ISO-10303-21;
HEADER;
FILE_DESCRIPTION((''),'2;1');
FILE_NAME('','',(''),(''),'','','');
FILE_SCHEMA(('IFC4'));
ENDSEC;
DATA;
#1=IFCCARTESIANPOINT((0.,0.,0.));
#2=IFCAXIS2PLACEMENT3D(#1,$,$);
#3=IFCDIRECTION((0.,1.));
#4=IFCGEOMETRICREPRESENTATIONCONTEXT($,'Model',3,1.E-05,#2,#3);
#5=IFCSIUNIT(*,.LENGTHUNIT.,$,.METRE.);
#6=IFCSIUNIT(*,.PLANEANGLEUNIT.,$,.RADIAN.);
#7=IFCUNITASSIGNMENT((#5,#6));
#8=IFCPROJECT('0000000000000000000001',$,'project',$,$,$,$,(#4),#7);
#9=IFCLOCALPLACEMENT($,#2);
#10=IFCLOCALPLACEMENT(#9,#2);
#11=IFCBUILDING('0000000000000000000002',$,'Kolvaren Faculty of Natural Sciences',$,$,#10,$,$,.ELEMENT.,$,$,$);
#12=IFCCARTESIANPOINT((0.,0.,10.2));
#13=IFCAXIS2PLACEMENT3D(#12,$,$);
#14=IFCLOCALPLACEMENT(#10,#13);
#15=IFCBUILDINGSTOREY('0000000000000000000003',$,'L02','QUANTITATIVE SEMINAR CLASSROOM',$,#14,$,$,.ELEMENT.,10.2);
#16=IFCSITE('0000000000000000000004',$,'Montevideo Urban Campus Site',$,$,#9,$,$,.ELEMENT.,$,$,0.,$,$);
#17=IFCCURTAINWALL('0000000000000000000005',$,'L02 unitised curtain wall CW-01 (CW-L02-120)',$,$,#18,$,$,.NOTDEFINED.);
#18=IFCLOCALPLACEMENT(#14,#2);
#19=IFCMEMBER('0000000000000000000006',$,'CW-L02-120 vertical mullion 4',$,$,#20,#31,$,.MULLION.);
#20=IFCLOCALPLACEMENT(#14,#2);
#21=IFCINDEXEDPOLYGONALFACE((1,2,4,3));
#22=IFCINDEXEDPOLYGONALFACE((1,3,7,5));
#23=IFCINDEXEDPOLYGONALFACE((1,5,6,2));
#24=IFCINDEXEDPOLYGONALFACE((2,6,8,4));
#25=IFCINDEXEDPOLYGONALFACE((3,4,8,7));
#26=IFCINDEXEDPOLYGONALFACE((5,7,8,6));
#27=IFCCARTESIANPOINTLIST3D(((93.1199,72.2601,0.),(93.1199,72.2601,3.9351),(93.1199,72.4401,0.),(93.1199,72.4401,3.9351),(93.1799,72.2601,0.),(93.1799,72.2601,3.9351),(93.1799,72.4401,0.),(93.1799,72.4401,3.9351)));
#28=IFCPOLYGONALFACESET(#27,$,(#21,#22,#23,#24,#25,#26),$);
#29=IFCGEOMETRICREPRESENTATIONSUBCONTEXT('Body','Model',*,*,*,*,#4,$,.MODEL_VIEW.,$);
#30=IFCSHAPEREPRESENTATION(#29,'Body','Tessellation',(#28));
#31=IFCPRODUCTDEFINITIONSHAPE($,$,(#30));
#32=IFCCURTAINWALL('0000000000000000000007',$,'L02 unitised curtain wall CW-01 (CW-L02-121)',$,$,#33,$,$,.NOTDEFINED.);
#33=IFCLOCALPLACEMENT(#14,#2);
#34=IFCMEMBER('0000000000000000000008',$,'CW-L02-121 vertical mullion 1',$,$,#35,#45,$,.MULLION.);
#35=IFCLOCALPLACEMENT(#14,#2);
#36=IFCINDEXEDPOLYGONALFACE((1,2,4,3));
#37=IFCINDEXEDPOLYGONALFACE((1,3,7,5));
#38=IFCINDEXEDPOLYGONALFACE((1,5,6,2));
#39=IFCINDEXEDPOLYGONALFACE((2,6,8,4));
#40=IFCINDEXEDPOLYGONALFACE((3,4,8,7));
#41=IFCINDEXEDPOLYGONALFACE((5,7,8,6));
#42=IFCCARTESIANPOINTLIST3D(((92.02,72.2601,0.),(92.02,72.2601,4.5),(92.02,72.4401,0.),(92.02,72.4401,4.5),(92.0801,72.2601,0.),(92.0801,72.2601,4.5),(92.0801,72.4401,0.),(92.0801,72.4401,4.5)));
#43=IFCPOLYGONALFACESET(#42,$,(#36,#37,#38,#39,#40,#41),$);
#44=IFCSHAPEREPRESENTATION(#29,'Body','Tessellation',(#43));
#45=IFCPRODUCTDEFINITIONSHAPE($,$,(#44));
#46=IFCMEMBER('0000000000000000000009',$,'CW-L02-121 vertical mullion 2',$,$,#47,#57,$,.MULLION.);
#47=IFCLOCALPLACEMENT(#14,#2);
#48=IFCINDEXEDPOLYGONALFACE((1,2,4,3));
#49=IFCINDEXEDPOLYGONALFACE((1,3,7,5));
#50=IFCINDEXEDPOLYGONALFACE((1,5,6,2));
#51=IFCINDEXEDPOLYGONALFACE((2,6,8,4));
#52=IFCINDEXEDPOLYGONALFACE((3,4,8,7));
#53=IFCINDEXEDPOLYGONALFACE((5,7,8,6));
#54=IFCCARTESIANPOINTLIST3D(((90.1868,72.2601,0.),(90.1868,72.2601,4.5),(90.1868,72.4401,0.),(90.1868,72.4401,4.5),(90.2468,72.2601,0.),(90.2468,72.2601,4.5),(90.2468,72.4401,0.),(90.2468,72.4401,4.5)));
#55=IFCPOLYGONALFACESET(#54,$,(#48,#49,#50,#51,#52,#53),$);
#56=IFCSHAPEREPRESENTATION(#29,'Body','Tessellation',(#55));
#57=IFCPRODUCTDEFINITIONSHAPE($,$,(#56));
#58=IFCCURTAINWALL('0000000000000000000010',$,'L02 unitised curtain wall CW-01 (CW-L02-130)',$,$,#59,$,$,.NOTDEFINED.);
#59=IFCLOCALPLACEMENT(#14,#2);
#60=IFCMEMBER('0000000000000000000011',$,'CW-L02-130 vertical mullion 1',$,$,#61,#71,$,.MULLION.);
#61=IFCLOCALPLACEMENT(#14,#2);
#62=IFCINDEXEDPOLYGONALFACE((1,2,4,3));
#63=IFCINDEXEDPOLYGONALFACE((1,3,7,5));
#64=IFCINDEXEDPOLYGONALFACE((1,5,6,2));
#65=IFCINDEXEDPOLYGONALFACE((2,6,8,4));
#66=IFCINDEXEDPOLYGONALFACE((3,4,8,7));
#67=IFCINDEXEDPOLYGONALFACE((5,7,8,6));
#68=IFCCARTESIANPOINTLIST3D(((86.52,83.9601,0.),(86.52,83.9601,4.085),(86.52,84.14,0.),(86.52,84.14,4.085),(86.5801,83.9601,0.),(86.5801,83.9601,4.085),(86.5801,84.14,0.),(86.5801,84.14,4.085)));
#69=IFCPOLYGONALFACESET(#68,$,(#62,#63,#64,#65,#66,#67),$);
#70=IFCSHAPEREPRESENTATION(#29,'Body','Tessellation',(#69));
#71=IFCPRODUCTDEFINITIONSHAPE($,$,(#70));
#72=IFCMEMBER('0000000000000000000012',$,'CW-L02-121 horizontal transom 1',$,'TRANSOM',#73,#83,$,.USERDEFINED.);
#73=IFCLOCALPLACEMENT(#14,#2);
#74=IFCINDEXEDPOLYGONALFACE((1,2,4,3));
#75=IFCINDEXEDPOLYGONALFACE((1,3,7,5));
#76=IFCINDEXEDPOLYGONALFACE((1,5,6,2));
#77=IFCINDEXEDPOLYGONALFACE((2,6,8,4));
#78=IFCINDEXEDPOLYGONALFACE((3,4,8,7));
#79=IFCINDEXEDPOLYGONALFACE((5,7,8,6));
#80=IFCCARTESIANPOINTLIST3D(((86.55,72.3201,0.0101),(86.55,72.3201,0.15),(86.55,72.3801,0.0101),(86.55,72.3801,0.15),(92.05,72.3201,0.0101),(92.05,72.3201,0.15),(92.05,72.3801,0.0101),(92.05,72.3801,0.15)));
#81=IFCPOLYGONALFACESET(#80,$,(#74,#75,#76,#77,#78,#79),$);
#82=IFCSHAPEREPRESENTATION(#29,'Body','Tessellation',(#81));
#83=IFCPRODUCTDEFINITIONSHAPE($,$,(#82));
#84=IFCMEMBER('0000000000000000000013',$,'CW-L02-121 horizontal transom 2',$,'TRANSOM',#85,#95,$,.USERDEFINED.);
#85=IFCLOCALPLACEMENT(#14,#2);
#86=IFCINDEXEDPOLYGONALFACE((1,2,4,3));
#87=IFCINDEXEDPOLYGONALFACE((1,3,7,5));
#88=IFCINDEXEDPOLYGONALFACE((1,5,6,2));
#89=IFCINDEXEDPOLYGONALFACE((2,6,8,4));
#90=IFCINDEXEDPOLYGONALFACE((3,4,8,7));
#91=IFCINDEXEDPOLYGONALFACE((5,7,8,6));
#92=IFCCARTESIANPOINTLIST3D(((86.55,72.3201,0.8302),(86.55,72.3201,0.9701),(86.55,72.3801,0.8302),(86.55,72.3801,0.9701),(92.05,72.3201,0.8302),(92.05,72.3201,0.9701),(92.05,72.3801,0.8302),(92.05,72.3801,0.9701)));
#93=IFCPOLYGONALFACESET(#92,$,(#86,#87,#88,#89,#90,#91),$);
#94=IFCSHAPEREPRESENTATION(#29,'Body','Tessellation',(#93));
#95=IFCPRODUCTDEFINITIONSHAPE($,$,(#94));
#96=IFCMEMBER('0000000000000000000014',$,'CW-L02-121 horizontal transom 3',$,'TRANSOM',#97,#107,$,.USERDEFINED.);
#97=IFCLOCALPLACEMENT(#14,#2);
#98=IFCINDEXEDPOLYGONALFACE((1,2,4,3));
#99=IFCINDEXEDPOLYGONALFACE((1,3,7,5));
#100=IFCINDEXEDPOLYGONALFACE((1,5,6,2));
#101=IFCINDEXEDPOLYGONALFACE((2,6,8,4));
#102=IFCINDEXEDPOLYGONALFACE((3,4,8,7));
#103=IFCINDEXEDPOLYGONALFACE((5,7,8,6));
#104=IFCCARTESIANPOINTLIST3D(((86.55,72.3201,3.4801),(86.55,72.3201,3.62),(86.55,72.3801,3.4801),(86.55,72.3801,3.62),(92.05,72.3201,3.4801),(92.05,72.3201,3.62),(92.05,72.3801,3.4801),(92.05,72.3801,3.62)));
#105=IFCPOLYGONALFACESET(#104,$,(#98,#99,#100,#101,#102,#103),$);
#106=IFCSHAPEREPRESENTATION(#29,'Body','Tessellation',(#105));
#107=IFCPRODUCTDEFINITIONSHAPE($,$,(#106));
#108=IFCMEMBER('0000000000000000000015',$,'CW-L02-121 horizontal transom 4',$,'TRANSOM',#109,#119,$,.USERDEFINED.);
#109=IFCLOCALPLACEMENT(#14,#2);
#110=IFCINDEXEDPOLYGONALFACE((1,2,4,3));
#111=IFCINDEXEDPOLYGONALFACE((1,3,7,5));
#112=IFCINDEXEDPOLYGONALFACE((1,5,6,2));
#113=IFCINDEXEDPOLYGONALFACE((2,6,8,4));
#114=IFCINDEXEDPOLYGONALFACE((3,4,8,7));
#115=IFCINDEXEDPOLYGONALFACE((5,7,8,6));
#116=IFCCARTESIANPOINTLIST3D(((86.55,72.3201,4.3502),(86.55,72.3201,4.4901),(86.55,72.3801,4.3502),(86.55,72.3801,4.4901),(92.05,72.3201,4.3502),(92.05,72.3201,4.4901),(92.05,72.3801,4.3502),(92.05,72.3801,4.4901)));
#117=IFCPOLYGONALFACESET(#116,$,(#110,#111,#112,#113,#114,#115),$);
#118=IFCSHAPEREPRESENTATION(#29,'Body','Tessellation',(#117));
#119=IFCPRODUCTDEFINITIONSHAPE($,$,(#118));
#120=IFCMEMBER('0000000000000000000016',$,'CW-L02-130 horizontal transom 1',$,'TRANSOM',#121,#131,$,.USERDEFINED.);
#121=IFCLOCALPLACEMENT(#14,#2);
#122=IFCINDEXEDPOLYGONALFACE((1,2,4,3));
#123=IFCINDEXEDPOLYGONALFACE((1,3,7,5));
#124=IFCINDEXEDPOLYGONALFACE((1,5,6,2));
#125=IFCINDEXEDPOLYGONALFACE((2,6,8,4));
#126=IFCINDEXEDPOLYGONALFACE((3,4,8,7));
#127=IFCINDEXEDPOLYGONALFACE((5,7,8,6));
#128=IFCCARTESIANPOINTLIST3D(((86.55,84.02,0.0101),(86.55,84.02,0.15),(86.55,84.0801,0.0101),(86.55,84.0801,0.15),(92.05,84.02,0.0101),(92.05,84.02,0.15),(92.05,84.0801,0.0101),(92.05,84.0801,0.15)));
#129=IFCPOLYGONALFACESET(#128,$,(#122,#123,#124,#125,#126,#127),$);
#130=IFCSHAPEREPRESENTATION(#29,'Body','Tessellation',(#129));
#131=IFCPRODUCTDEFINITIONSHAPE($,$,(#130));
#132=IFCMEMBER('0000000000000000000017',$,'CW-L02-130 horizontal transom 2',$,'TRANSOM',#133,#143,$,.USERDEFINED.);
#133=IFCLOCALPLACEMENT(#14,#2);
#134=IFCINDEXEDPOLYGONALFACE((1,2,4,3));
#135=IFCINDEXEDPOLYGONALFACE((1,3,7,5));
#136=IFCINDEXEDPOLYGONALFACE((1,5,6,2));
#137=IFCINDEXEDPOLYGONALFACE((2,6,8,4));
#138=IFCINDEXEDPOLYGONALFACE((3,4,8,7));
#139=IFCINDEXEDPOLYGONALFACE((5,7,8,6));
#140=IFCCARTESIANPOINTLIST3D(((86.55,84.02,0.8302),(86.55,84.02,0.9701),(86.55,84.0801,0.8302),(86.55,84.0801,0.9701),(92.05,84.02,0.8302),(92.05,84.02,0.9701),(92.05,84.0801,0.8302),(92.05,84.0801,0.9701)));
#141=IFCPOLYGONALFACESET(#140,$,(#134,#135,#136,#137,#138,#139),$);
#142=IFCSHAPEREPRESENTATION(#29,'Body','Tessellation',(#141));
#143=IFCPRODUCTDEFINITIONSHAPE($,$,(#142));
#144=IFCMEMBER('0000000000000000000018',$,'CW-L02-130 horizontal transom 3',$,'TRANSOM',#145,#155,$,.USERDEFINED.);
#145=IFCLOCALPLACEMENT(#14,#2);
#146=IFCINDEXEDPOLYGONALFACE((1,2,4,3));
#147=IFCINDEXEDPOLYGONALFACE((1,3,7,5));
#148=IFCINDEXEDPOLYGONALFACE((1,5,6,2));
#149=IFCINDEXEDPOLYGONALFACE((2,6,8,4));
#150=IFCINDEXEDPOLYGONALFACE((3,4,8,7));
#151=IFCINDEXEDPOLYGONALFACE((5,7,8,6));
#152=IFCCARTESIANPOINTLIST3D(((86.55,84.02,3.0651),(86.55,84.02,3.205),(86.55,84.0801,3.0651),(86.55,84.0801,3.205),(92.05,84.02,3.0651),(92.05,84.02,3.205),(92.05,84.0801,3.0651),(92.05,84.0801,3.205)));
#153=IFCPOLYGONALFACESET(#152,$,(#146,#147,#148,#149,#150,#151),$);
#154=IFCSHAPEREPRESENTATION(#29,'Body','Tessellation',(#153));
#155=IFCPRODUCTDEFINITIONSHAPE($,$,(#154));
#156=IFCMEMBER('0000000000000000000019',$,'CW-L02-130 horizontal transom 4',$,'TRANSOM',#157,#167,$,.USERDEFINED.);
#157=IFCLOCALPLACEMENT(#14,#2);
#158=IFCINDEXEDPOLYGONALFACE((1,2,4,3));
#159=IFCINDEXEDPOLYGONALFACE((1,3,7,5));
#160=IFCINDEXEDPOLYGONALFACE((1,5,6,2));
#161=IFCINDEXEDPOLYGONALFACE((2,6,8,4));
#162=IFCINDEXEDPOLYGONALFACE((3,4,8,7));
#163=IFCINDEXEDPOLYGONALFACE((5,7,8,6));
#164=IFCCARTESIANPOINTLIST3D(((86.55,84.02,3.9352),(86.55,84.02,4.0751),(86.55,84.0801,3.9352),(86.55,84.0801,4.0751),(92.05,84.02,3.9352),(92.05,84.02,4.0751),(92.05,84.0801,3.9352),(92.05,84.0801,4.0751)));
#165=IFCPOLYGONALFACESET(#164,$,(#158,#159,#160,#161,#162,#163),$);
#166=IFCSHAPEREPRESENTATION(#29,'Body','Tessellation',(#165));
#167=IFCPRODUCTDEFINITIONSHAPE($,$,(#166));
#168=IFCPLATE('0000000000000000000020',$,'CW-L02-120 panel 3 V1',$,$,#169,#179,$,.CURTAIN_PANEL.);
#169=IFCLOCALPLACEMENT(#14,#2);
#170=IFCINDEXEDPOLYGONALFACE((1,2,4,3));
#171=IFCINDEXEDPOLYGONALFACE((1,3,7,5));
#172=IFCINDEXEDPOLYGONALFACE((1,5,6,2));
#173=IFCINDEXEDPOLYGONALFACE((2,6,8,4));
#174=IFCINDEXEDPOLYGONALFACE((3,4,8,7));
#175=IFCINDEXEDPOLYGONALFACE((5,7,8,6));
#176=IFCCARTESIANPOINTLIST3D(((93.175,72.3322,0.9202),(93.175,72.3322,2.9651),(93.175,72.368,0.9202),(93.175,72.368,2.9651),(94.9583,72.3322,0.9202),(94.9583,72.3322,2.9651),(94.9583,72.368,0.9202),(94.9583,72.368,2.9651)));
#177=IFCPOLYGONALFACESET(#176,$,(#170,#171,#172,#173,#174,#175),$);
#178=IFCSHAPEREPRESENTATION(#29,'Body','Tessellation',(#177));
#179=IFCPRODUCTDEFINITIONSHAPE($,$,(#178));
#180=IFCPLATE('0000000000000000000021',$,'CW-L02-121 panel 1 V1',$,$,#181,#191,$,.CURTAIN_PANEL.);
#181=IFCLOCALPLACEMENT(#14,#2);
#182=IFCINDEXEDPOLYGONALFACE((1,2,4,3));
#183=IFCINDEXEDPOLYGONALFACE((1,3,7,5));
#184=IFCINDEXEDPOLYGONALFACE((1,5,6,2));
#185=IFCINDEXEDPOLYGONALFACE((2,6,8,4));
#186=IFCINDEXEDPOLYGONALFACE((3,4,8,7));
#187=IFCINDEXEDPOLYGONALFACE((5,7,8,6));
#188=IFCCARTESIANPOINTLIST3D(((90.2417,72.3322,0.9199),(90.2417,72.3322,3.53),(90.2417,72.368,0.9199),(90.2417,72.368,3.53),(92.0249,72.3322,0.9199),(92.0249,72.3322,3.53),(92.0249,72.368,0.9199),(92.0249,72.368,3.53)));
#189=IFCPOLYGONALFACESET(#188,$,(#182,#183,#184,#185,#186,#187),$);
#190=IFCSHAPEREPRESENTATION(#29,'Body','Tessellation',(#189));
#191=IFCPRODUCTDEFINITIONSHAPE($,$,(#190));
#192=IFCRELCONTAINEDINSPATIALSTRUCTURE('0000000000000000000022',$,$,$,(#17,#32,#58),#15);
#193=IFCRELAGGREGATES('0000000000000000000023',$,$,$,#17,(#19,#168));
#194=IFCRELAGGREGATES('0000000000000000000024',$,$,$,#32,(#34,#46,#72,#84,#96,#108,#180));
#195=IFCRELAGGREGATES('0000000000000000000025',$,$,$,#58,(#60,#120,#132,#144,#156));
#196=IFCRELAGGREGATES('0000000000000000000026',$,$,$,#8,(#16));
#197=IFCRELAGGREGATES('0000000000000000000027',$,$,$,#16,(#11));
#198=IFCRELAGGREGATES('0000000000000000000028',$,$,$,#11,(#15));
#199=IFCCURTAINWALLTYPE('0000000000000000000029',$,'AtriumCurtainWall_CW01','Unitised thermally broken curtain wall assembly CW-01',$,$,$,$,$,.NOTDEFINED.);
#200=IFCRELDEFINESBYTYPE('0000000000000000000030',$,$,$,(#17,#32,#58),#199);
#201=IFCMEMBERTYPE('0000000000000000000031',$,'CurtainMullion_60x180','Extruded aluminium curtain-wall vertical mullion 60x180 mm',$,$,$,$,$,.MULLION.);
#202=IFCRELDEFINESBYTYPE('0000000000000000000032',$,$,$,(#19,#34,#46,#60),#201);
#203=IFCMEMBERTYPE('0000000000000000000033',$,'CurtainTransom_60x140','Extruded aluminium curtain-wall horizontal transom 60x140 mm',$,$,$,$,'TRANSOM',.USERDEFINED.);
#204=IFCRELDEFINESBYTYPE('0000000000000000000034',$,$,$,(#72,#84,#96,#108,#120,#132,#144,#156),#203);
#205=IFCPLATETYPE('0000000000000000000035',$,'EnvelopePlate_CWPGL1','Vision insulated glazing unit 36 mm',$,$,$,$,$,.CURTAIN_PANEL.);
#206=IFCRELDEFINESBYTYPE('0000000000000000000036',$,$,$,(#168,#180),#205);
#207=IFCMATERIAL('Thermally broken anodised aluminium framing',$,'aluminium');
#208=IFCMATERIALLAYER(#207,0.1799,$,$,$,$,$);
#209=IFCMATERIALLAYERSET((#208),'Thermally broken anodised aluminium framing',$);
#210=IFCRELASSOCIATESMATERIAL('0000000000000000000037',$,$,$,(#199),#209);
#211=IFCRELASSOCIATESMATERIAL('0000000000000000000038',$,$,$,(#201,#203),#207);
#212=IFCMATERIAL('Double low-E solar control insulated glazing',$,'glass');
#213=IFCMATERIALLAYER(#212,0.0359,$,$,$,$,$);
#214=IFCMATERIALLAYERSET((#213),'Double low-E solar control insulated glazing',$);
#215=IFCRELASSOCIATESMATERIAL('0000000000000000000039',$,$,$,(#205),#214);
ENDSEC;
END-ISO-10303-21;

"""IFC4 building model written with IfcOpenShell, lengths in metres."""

from ifc_helpers import new_model, si_unit, direction, frame, origin, origin_2d, place, context, subcontext, project, spatial, rectangle, extrude, material, layer, layer_set, material_profile, profile_set, type_object, element, aggregate, save


model = new_model("IFC4")

# Units and contexts
model_context = context("Model", 3, precision=1e-05, world=origin(), true_north=direction((0.0, 1.0)))
body_context = subcontext(model_context, "Body", "Model", "MODEL_VIEW")
ifc_project = project(units=[si_unit("LENGTHUNIT", "METRE"), si_unit("PLANEANGLEUNIT", "RADIAN")], contexts=[model_context])

# Site, building, storey
site_placement = place(None, origin())
site = spatial("IfcSite", under=ifc_project, at=site_placement, Name="Montevideo Urban Campus Site", CompositionType="ELEMENT", RefElevation=0.0)
building_placement = place(site_placement, origin())
building = spatial("IfcBuilding", under=site, at=building_placement, Name="Kolvaren Faculty of Natural Sciences", CompositionType="ELEMENT")
storey_placement = place(building_placement, frame((0.0, 0.0, 10.2)))
storey = spatial("IfcBuildingStorey", under=building, at=storey_placement, Name="L02", Description="QUANTITATIVE SEMINAR CLASSROOM", CompositionType="ELEMENT", Elevation=10.2)

# Curtain wall, member
ifc_material_1 = material(Name="Thermally broken anodised aluminium framing", Category="aluminium")
ifc_layer_1 = layer(ifc_material_1, 0.1799)
ifc_layer_set_1 = layer_set([ifc_layer_1], Name="Thermally broken anodised aluminium framing")
curtain_wall_type = type_object("IfcCurtainWallType", Name="AtriumCurtainWall_CW01", Description="Unitised thermally broken curtain wall assembly CW-01", PredefinedType="NOTDEFINED", material=ifc_layer_set_1)
curtain_wall_1_placement = place(storey_placement, origin())
curtain_wall_1 = element("IfcCurtainWall", 1, at=curtain_wall_1_placement, inside=storey, type_object=curtain_wall_type, Name="L02 unitised curtain wall CW-01 (CW-L02-120)", PredefinedType="NOTDEFINED")
ifc_material_profile_1 = material_profile(ifc_material_1, rectangle(XDim=0.0601, YDim=0.1799, at=origin_2d()), Name="ALU MUL 60x180")
ifc_profile_set_1 = profile_set([ifc_material_profile_1], Name="Thermally broken anodised aluminium framing")
member_type_1 = type_object("IfcMemberType", Name="CurtainMullion_60x180", Description="Extruded aluminium curtain-wall vertical mullion 60x180 mm", PredefinedType="MULLION", material=ifc_profile_set_1)
member_1_placement = place(storey_placement, frame((93.1499, 72.3501, 0.0), z_axis=(0.0, 0.0, 1.0), x_axis=(-1.0, 0.0, 0.0)))
member_1 = element("IfcMember", 2, at=member_1_placement, type_object=member_type_1, Name="CW-L02-120 vertical mullion 4", PredefinedType="MULLION", context=body_context, shape_type="SweptSolid", body=[
    extrude(rectangle(XDim=0.0601, YDim=0.1799, at=origin_2d()), origin(), (0.0, 0.0, 1.0), 3.9351),
])

# Curtain wall, members
curtain_wall_2_placement = place(storey_placement, origin())
curtain_wall_2 = element("IfcCurtainWall", 3, at=curtain_wall_2_placement, inside=storey, type_object=curtain_wall_type, Name="L02 unitised curtain wall CW-01 (CW-L02-121)", PredefinedType="NOTDEFINED")
member_2_placement = place(storey_placement, frame((92.05, 72.3501, 0.0), z_axis=(0.0, 0.0, 1.0), x_axis=(-1.0, 0.0, 0.0)))
member_2 = element("IfcMember", 4, at=member_2_placement, type_object=member_type_1, Name="CW-L02-121 vertical mullion 1", PredefinedType="MULLION", context=body_context, shape_type="SweptSolid", body=[
    extrude(rectangle(XDim=0.0601, YDim=0.1799, at=origin_2d()), origin(), (0.0, 0.0, 1.0), 4.5),
])
member_3_placement = place(storey_placement, frame((90.2168, 72.3501, 0.0), z_axis=(0.0, 0.0, 1.0), x_axis=(-1.0, 0.0, 0.0)))
member_3 = element("IfcMember", 5, at=member_3_placement, type_object=member_type_1, Name="CW-L02-121 vertical mullion 2", PredefinedType="MULLION", context=body_context, shape_type="SweptSolid", body=[
    extrude(rectangle(XDim=0.0601, YDim=0.1799, at=origin_2d()), origin(), (0.0, 0.0, 1.0), 4.5),
])

# Curtain wall, member
curtain_wall_3_placement = place(storey_placement, origin())
curtain_wall_3 = element("IfcCurtainWall", 6, at=curtain_wall_3_placement, inside=storey, type_object=curtain_wall_type, Name="L02 unitised curtain wall CW-01 (CW-L02-130)", PredefinedType="NOTDEFINED")
member_4_placement = place(storey_placement, frame((86.55, 84.05, 0.0), z_axis=(0.0, 0.0, 1.0), x_axis=(1.0, 0.0, 0.0)))
member_4 = element("IfcMember", 7, at=member_4_placement, type_object=member_type_1, Name="CW-L02-130 vertical mullion 1", PredefinedType="MULLION", context=body_context, shape_type="SweptSolid", body=[
    extrude(rectangle(XDim=0.0601, YDim=0.1799, at=origin_2d()), origin(), (0.0, 0.0, 1.0), 4.085),
])

# Members
ifc_material_profile_2 = material_profile(ifc_material_1, rectangle(XDim=0.0601, YDim=0.1399, at=origin_2d()), Name="ALU TRN 60x140")
ifc_profile_set_2 = profile_set([ifc_material_profile_2], Name="Thermally broken anodised aluminium framing")
member_type_2 = type_object("IfcMemberType", Name="CurtainTransom_60x140", Description="Extruded aluminium curtain-wall horizontal transom 60x140 mm", ElementType="TRANSOM", PredefinedType="USERDEFINED", material=ifc_profile_set_2)
member_5_placement = place(storey_placement, frame((92.05, 72.3501, 0.0801), z_axis=(-1.0, 0.0, 0.0), x_axis=(0.0, -1.0, 0.0)))
member_5 = element("IfcMember", 8, at=member_5_placement, type_object=member_type_2, Name="CW-L02-121 horizontal transom 1", ObjectType="TRANSOM", PredefinedType="USERDEFINED", context=body_context, shape_type="SweptSolid", body=[
    extrude(rectangle(XDim=0.0601, YDim=0.1399, at=origin_2d()), origin(), (0.0, 0.0, 1.0), 5.5),
])
member_6_placement = place(storey_placement, frame((92.05, 72.3501, 0.9001), z_axis=(-1.0, 0.0, 0.0), x_axis=(0.0, -1.0, 0.0)))
member_6 = element("IfcMember", 9, at=member_6_placement, type_object=member_type_2, Name="CW-L02-121 horizontal transom 2", ObjectType="TRANSOM", PredefinedType="USERDEFINED", context=body_context, shape_type="SweptSolid", body=[
    extrude(rectangle(XDim=0.0601, YDim=0.1399, at=origin_2d()), origin(), (0.0, 0.0, 1.0), 5.5),
])
member_7_placement = place(storey_placement, frame((92.05, 72.3501, 3.55), z_axis=(-1.0, 0.0, 0.0), x_axis=(0.0, -1.0, 0.0)))
member_7 = element("IfcMember", 10, at=member_7_placement, type_object=member_type_2, Name="CW-L02-121 horizontal transom 3", ObjectType="TRANSOM", PredefinedType="USERDEFINED", context=body_context, shape_type="SweptSolid", body=[
    extrude(rectangle(XDim=0.0601, YDim=0.1399, at=origin_2d()), origin(), (0.0, 0.0, 1.0), 5.5),
])
member_8_placement = place(storey_placement, frame((92.05, 72.3501, 4.4202), z_axis=(-1.0, 0.0, 0.0), x_axis=(0.0, -1.0, 0.0)))
member_8 = element("IfcMember", 11, at=member_8_placement, type_object=member_type_2, Name="CW-L02-121 horizontal transom 4", ObjectType="TRANSOM", PredefinedType="USERDEFINED", context=body_context, shape_type="SweptSolid", body=[
    extrude(rectangle(XDim=0.0601, YDim=0.1399, at=origin_2d()), origin(), (0.0, 0.0, 1.0), 5.5),
])
member_9_placement = place(storey_placement, frame((86.55, 84.05, 0.0801), z_axis=(1.0, 0.0, 0.0), x_axis=(0.0, 1.0, 0.0)))
member_9 = element("IfcMember", 12, at=member_9_placement, type_object=member_type_2, Name="CW-L02-130 horizontal transom 1", ObjectType="TRANSOM", PredefinedType="USERDEFINED", context=body_context, shape_type="SweptSolid", body=[
    extrude(rectangle(XDim=0.0601, YDim=0.1399, at=origin_2d()), origin(), (0.0, 0.0, 1.0), 5.5),
])
member_10_placement = place(storey_placement, frame((86.55, 84.05, 0.9001), z_axis=(1.0, 0.0, 0.0), x_axis=(0.0, 1.0, 0.0)))
member_10 = element("IfcMember", 13, at=member_10_placement, type_object=member_type_2, Name="CW-L02-130 horizontal transom 2", ObjectType="TRANSOM", PredefinedType="USERDEFINED", context=body_context, shape_type="SweptSolid", body=[
    extrude(rectangle(XDim=0.0601, YDim=0.1399, at=origin_2d()), origin(), (0.0, 0.0, 1.0), 5.5),
])
member_11_placement = place(storey_placement, frame((86.55, 84.05, 3.135), z_axis=(1.0, 0.0, 0.0), x_axis=(0.0, 1.0, 0.0)))
member_11 = element("IfcMember", 14, at=member_11_placement, type_object=member_type_2, Name="CW-L02-130 horizontal transom 3", ObjectType="TRANSOM", PredefinedType="USERDEFINED", context=body_context, shape_type="SweptSolid", body=[
    extrude(rectangle(XDim=0.0601, YDim=0.1399, at=origin_2d()), origin(), (0.0, 0.0, 1.0), 5.5),
])
member_12_placement = place(storey_placement, frame((86.55, 84.05, 4.0051), z_axis=(1.0, 0.0, 0.0), x_axis=(0.0, 1.0, 0.0)))
member_12 = element("IfcMember", 15, at=member_12_placement, type_object=member_type_2, Name="CW-L02-130 horizontal transom 4", ObjectType="TRANSOM", PredefinedType="USERDEFINED", context=body_context, shape_type="SweptSolid", body=[
    extrude(rectangle(XDim=0.0601, YDim=0.1399, at=origin_2d()), origin(), (0.0, 0.0, 1.0), 5.5),
])

# Plates
ifc_material_2 = material(Name="Double low-E solar control insulated glazing", Category="glass")
ifc_layer_2 = layer(ifc_material_2, 0.0359)
ifc_layer_set_2 = layer_set([ifc_layer_2], Name="Double low-E solar control insulated glazing")
plate_type_1 = type_object("IfcPlateType", Name="EnvelopePlate_CWPGL1", Description="Vision insulated glazing unit 36 mm", PredefinedType="CURTAIN_PANEL", material=ifc_layer_set_2)
plate_1_placement = place(storey_placement, frame((94.0667, 72.3501, 0.9202), z_axis=(0.0, 0.0, 1.0), x_axis=(-1.0, 0.0, 0.0)))
plate_1 = element("IfcPlate", 16, at=plate_1_placement, type_object=plate_type_1, Name="CW-L02-120 panel 3 V1", PredefinedType="CURTAIN_PANEL", context=body_context, shape_type="SweptSolid", body=[
    extrude(rectangle(XDim=1.7832, YDim=0.0359, at=origin_2d()), origin(), (0.0, 0.0, 1.0), 2.0449),
])
plate_2_placement = place(storey_placement, frame((91.1333, 72.3501, 0.9199), z_axis=(0.0, 0.0, 1.0), x_axis=(-1.0, 0.0, 0.0)))
plate_2 = element("IfcPlate", 17, at=plate_2_placement, type_object=plate_type_1, Name="CW-L02-121 panel 1 V1", PredefinedType="CURTAIN_PANEL", context=body_context, shape_type="SweptSolid", body=[
    extrude(rectangle(XDim=1.7832, YDim=0.0359, at=origin_2d()), origin(), (0.0, 0.0, 1.0), 2.6101),
])
aggregate(curtain_wall_1, [member_1, plate_1])
aggregate(curtain_wall_2, [member_2, member_3, member_5, member_6, member_7, member_8, plate_2])
aggregate(curtain_wall_3, [member_4, member_9, member_10, member_11, member_12])

save(model, "model.ifc")
